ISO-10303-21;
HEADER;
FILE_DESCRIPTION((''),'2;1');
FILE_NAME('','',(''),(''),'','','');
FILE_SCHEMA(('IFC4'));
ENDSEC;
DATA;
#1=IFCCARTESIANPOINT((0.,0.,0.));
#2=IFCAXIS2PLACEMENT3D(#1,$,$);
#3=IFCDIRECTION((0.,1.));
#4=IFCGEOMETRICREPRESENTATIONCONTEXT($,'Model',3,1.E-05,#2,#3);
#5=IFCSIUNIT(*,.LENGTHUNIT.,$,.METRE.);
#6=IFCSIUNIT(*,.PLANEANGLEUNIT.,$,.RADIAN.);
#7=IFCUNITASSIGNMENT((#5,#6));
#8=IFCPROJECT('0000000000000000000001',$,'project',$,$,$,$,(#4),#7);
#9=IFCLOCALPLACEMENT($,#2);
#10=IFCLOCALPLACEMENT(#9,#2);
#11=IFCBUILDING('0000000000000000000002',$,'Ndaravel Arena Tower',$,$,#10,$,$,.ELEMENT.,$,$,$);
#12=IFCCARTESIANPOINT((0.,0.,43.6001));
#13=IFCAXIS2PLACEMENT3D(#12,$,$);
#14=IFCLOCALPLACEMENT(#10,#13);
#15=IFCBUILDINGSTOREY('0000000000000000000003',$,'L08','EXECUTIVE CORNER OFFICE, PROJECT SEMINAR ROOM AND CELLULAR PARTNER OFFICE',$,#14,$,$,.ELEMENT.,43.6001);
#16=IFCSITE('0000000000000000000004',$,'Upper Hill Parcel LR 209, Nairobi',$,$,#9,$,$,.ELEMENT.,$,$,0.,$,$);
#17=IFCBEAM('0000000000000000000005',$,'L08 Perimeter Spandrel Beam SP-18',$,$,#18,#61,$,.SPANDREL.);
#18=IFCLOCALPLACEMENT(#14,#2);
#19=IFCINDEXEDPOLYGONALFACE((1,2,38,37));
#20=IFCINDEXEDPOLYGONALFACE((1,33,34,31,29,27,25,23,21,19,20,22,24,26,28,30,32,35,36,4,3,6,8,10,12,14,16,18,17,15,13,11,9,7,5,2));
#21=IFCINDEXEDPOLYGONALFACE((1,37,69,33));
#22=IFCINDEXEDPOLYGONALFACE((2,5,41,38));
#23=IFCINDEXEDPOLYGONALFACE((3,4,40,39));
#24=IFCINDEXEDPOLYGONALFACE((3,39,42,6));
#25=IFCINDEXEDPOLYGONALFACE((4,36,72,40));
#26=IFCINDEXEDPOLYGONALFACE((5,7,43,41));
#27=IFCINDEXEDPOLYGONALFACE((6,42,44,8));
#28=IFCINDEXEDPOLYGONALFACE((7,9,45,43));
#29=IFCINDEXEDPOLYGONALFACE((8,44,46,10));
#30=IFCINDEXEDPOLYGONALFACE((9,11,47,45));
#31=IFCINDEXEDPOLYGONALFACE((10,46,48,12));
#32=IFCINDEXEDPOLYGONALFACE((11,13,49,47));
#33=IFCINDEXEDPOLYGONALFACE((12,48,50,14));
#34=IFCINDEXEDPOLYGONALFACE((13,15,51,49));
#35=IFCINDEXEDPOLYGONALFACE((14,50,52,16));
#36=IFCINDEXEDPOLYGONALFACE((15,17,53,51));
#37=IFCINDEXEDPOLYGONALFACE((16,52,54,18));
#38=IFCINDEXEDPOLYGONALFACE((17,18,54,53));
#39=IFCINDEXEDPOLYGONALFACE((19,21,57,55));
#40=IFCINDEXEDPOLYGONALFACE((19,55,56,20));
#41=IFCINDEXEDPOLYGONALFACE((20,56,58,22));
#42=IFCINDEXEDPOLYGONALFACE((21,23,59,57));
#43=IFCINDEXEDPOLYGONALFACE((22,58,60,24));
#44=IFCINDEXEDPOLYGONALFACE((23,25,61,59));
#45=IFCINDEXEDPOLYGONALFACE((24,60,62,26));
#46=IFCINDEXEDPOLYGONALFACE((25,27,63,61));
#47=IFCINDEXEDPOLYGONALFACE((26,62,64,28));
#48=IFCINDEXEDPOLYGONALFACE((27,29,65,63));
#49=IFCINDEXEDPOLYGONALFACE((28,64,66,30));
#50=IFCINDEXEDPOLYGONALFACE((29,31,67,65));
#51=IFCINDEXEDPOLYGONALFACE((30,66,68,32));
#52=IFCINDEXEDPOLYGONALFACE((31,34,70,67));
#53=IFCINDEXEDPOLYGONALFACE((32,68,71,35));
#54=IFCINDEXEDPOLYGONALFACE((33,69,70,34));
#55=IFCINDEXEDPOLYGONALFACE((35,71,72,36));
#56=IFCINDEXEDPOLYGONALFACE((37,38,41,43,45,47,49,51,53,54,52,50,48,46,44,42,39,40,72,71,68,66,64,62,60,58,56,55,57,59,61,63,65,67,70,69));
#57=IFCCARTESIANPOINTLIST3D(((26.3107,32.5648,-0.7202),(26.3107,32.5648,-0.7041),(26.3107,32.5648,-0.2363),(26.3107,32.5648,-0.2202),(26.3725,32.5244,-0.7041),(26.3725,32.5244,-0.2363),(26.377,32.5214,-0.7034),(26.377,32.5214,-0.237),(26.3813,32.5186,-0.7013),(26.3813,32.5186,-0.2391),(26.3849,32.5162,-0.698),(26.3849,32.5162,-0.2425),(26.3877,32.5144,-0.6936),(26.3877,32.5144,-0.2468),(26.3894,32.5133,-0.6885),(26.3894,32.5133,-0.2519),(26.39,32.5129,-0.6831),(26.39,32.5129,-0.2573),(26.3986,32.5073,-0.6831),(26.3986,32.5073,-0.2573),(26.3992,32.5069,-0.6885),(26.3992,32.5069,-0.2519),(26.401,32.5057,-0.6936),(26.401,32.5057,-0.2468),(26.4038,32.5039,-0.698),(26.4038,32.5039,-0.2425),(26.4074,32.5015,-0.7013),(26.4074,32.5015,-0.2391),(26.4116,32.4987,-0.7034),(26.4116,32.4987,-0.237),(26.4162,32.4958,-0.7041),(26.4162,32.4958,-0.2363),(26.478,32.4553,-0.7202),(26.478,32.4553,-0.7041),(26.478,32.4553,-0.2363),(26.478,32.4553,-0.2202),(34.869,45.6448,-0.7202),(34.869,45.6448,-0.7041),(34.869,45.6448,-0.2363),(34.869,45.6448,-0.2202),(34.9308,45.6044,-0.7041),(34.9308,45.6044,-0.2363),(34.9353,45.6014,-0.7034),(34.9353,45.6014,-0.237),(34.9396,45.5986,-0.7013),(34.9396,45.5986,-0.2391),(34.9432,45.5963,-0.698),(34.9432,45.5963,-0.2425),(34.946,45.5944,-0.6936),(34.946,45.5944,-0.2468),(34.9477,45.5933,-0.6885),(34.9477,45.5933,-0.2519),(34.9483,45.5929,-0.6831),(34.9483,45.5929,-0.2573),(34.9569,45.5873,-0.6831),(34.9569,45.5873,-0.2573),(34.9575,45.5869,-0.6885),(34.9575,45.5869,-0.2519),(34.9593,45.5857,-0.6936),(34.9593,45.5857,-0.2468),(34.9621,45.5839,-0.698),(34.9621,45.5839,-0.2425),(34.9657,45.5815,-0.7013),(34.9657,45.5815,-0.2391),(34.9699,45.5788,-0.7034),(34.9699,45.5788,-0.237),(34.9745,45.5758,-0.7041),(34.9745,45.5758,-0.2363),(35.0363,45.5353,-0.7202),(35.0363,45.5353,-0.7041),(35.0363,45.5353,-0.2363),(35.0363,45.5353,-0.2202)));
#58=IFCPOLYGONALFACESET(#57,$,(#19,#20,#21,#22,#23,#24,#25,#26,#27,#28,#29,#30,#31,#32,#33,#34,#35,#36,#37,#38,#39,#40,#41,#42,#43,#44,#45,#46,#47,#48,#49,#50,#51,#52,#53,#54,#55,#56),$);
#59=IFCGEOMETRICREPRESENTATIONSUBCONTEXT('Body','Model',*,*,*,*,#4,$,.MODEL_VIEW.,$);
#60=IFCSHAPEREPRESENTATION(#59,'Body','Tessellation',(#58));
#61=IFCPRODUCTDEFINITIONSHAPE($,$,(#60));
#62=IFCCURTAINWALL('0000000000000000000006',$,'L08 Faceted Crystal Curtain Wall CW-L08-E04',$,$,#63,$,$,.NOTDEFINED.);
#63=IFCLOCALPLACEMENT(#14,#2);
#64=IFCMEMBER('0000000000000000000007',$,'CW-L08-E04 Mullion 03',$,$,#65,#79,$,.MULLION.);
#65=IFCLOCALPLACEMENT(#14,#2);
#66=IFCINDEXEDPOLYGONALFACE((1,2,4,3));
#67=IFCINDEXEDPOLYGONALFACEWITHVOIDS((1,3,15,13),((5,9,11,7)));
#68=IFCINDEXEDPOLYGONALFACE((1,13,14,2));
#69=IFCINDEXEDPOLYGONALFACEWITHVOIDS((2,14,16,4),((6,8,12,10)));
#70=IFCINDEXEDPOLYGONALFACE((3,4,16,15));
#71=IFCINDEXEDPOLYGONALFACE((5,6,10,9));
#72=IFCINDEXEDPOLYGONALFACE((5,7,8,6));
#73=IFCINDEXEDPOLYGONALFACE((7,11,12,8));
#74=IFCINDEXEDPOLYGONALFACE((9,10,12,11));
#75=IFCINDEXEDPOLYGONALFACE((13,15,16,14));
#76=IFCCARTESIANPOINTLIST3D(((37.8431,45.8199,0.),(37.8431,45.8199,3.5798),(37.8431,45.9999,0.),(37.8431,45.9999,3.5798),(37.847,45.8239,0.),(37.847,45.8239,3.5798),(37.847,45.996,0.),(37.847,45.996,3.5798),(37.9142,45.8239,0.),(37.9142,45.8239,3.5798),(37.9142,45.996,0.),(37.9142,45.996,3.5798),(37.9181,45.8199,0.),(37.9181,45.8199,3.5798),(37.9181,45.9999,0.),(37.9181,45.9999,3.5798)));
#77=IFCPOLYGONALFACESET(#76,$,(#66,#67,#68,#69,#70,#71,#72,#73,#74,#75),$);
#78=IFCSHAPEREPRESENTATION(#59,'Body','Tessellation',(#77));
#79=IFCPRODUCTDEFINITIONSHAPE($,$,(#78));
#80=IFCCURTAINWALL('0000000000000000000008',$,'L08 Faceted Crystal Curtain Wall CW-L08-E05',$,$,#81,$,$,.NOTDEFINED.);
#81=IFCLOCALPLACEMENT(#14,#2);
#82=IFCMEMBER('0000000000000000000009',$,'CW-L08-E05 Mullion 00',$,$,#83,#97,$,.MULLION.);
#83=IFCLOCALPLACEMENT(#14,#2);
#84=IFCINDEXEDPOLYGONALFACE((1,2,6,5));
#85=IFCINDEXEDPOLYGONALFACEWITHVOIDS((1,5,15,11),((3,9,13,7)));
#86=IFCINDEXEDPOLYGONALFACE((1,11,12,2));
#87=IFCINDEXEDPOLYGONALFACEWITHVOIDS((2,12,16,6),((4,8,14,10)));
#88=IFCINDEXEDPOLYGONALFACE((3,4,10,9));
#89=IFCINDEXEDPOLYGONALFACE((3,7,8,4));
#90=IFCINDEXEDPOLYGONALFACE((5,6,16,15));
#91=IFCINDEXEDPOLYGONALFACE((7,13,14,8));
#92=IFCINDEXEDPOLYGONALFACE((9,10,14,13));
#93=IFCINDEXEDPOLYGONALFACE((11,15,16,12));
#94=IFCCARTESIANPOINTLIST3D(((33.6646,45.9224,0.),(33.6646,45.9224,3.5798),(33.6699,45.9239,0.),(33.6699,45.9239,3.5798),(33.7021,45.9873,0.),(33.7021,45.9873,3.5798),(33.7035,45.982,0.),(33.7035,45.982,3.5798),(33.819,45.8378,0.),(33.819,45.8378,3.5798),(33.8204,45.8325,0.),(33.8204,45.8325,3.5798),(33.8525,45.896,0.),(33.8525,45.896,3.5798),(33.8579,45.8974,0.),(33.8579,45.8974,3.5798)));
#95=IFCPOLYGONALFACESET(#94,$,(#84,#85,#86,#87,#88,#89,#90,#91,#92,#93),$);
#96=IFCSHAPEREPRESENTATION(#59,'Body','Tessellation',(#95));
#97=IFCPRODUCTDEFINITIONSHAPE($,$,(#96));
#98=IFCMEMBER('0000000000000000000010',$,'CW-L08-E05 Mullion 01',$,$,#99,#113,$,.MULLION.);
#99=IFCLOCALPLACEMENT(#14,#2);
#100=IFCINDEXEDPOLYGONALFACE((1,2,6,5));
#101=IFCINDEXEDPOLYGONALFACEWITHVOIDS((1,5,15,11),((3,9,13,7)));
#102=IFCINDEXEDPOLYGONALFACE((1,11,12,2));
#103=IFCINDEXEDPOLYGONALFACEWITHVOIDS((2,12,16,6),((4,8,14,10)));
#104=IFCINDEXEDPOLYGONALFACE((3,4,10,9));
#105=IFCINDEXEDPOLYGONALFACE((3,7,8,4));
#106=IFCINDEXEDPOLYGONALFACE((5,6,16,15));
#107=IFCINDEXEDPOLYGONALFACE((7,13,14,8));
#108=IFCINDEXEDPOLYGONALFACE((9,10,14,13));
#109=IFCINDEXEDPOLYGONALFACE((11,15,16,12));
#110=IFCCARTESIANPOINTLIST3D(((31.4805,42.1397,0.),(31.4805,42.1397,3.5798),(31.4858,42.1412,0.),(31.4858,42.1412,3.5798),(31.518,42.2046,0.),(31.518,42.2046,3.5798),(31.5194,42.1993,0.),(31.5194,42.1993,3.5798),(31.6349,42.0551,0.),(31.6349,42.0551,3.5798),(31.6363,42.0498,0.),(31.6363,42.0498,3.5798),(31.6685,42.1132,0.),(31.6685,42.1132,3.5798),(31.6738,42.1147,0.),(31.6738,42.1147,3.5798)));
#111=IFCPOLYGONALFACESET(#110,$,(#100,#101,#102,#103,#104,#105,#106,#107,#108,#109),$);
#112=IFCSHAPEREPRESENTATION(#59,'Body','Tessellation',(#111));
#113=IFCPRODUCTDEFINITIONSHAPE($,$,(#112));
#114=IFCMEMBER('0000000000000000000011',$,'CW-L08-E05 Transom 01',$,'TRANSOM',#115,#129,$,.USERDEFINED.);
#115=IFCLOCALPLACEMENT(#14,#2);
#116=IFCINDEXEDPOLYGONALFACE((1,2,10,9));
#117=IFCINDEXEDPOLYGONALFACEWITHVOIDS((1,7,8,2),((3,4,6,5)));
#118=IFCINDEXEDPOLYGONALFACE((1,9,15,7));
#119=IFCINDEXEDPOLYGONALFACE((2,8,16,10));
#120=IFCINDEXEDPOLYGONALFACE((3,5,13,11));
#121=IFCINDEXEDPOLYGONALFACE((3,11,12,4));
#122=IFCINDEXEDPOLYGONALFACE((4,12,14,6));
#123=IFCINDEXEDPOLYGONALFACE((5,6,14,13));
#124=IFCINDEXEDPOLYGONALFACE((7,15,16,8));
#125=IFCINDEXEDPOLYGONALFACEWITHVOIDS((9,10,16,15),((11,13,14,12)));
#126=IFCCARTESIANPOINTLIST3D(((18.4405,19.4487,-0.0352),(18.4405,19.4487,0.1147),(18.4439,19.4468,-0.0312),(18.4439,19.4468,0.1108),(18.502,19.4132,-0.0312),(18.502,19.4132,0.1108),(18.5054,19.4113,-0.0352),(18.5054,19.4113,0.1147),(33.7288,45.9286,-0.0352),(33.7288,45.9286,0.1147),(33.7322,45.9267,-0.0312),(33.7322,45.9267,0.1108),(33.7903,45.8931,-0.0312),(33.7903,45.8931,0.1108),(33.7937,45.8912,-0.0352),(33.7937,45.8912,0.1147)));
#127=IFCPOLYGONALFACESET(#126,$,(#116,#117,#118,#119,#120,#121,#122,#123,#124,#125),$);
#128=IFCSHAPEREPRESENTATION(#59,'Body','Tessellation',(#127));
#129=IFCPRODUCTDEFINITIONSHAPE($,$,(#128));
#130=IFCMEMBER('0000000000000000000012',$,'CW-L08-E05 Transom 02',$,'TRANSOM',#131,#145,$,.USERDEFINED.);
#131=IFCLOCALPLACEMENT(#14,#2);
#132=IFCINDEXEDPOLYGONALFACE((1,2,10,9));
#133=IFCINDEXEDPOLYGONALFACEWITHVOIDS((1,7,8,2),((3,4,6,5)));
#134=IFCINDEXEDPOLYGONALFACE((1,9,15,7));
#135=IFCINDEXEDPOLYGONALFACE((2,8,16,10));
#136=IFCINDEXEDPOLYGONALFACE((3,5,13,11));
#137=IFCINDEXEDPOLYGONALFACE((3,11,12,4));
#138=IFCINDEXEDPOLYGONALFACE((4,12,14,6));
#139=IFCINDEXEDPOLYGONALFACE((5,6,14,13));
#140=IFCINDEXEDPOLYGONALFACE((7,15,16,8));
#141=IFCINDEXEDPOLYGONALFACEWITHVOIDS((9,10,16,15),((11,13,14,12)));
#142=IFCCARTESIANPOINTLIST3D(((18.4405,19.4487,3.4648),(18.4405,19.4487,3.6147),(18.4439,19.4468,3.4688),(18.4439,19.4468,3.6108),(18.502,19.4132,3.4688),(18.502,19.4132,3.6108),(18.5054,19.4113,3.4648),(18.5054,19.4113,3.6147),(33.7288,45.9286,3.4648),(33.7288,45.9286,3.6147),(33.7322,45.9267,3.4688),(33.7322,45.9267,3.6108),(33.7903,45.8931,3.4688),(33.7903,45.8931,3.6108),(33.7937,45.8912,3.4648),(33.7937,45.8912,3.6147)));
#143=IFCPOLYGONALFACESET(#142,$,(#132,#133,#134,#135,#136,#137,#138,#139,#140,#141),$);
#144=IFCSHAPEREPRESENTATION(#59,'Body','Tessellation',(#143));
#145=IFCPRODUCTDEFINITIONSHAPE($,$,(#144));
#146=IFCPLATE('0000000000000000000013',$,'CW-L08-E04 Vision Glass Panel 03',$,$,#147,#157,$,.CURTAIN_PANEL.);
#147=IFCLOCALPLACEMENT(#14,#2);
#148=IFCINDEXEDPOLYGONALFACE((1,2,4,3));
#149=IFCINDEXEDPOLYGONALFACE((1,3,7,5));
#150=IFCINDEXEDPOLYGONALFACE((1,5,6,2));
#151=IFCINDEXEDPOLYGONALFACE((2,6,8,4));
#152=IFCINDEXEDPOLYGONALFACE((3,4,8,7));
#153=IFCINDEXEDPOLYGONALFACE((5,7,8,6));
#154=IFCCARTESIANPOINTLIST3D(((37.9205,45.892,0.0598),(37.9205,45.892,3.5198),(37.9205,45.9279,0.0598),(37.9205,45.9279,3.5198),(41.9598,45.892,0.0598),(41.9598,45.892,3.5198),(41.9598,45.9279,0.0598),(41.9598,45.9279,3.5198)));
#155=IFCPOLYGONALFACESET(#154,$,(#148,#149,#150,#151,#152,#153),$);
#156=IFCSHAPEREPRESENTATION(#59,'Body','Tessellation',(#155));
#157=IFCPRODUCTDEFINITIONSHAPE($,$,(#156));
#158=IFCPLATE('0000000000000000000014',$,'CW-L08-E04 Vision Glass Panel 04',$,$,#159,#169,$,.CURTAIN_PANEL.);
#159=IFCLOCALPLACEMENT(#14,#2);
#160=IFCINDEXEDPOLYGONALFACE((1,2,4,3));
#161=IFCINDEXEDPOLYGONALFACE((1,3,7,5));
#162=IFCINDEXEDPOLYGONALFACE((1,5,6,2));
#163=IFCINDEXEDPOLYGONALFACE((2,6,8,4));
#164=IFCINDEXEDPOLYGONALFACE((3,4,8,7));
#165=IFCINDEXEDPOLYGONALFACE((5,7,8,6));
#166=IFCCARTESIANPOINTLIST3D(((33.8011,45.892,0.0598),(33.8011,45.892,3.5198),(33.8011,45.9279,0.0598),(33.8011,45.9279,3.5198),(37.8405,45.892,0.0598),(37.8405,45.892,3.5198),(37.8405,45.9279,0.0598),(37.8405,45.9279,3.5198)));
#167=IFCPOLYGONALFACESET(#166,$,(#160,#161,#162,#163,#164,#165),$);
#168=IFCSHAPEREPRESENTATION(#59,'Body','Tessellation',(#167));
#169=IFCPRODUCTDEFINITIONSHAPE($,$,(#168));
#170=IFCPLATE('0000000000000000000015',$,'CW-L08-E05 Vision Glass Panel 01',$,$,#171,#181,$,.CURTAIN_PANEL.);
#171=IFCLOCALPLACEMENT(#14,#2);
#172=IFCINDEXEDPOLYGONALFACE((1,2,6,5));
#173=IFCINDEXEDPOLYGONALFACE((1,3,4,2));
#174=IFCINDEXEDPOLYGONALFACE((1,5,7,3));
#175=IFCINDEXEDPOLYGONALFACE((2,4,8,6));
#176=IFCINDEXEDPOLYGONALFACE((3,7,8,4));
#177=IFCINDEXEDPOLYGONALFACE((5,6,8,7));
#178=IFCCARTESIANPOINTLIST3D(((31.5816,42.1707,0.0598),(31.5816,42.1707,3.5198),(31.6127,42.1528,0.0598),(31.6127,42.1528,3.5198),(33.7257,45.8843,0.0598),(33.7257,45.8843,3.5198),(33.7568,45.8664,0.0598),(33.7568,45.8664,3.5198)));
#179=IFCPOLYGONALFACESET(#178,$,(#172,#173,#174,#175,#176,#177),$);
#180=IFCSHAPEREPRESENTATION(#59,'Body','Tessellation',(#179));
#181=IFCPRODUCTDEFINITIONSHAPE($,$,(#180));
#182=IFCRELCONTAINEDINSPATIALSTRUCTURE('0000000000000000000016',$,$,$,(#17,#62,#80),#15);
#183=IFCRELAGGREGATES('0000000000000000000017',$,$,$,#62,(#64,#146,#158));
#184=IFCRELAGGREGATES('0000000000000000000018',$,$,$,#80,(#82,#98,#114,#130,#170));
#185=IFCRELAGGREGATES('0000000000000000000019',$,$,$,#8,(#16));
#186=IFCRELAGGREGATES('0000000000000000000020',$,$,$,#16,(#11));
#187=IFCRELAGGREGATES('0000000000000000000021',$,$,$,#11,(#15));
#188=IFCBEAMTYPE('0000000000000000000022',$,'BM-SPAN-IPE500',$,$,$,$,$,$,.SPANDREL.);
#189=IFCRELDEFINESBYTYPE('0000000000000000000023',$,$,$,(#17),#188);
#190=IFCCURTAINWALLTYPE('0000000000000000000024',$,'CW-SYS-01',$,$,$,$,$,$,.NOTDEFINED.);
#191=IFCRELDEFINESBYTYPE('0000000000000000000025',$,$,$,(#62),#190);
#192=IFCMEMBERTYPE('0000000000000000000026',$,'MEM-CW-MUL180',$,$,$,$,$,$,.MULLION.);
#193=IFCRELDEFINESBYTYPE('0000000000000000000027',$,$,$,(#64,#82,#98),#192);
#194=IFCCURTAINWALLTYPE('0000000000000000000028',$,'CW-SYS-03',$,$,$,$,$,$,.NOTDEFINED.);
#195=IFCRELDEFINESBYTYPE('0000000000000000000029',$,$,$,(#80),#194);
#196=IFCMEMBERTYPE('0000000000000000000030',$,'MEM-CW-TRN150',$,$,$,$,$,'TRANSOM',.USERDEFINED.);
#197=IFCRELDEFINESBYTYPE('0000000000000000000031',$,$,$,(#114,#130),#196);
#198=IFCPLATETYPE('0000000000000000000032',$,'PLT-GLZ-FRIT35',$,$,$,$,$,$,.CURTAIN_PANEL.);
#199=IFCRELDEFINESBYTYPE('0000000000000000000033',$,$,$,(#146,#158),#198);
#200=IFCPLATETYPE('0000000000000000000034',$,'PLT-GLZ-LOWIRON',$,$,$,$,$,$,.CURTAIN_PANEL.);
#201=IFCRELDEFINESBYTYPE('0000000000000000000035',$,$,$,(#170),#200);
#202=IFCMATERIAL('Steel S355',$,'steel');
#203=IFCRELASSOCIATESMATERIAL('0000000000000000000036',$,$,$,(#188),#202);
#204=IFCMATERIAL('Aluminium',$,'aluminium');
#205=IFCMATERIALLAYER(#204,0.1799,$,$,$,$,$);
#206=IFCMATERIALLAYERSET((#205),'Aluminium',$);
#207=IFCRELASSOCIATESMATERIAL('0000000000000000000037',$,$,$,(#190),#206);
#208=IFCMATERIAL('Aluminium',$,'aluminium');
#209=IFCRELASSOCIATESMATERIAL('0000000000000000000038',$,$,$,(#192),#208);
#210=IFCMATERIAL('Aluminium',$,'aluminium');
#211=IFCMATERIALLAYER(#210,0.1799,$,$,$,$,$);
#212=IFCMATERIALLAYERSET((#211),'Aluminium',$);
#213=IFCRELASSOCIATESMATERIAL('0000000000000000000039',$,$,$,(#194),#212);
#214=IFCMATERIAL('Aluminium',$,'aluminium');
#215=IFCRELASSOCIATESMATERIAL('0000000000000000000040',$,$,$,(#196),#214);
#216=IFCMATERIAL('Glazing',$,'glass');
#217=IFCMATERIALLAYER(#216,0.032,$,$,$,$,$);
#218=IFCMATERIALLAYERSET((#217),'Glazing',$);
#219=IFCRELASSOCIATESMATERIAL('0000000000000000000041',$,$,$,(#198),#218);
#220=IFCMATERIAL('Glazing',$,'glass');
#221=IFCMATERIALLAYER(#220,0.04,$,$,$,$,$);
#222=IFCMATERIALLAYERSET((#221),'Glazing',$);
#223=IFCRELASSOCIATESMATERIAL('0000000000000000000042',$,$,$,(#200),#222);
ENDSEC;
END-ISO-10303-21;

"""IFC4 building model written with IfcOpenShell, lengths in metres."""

from ifc_helpers import new_model, si_unit, direction, frame, origin, origin_2d, place, context, subcontext, project, spatial, rectangle, hollow_rectangle, i_section, extrude, material, layer, layer_set, material_profile, profile_set, type_object, element, aggregate, save


model = new_model("IFC4")

# Units and contexts
model_context = context("Model", 3, precision=1e-05, world=origin(), true_north=direction((0.0, 1.0)))
body_context = subcontext(model_context, "Body", "Model", "MODEL_VIEW")
ifc_project = project(units=[si_unit("LENGTHUNIT", "METRE"), si_unit("PLANEANGLEUNIT", "RADIAN")], contexts=[model_context])

# Site, building, storey
site_placement = place(None, origin())
site = spatial("IfcSite", under=ifc_project, at=site_placement, Name="Upper Hill Parcel LR 209, Nairobi", CompositionType="ELEMENT", RefElevation=0.0)
building_placement = place(site_placement, origin())
building = spatial("IfcBuilding", under=site, at=building_placement, Name="Ndaravel Arena Tower", CompositionType="ELEMENT")
storey_placement = place(building_placement, frame((0.0, 0.0, 43.6001)))
storey = spatial("IfcBuildingStorey", under=building, at=storey_placement, Name="L08", Description="EXECUTIVE CORNER OFFICE, PROJECT SEMINAR ROOM AND CELLULAR PARTNER OFFICE", CompositionType="ELEMENT", Elevation=43.6001)

# Beam
ifc_material_1 = material(Name="Steel S355", Category="steel")
ifc_material_profile_1 = material_profile(ifc_material_1, i_section(OverallWidth=0.2, OverallDepth=0.5, WebThickness=0.0103, FlangeThickness=0.0161, FilletRadius=0.021, at=origin_2d()), Name="IPE 500")
ifc_profile_set_1 = profile_set([ifc_material_profile_1], Name="Steel S355")
beam_type_1 = type_object("IfcBeamType", Name="BM-SPAN-IPE500", PredefinedType="SPANDREL", material=ifc_profile_set_1)
beam_1_placement = place(storey_placement, frame((34.9526, 45.5901, -0.4702), z_axis=(-0.547518, -0.836794, 0.0), x_axis=(0.836794, -0.547518, 0.0)))
element("IfcBeam", 1, at=beam_1_placement, inside=storey, type_object=beam_type_1, Name="L08 Perimeter Spandrel Beam SP-18", PredefinedType="SPANDREL", context=body_context, shape_type="SweptSolid", body=[
    extrude(i_section(OverallWidth=0.2, OverallDepth=0.5, WebThickness=0.0103, FlangeThickness=0.0161, FilletRadius=0.021, at=origin_2d()), origin(), (0.0, 0.0, 1.0), 15.6311),
])

# Curtain wall, member
ifc_material_2 = material(Name="Aluminium", Category="aluminium")
ifc_layer_1 = layer(ifc_material_2, 0.1799)
ifc_layer_set_1 = layer_set([ifc_layer_1], Name="Aluminium")
curtain_wall_type_1 = type_object("IfcCurtainWallType", Name="CW-SYS-01", PredefinedType="NOTDEFINED", material=ifc_layer_set_1)
curtain_wall_1_placement = place(storey_placement, origin())
curtain_wall_1 = element("IfcCurtainWall", 2, at=curtain_wall_1_placement, inside=storey, type_object=curtain_wall_type_1, Name="L08 Faceted Crystal Curtain Wall CW-L08-E04", PredefinedType="NOTDEFINED")
ifc_material_3 = material(Name="Aluminium", Category="aluminium")
ifc_material_profile_2 = material_profile(ifc_material_3, hollow_rectangle(XDim=0.075, YDim=0.1799, WallThickness=0.0039, at=origin_2d()), Name="CW MULLION 75x180x4")
ifc_profile_set_2 = profile_set([ifc_material_profile_2], Name="Aluminium")
member_type_1 = type_object("IfcMemberType", Name="MEM-CW-MUL180", PredefinedType="MULLION", material=ifc_profile_set_2)
member_1_placement = place(storey_placement, frame((37.8806, 45.9099, 0.0), z_axis=(0.0, 0.0, 1.0), x_axis=(-1.0, 0.0, 0.0)))
member_1 = element("IfcMember", 3, at=member_1_placement, type_object=member_type_1, Name="CW-L08-E04 Mullion 03", PredefinedType="MULLION", context=body_context, shape_type="SweptSolid", body=[
    extrude(hollow_rectangle(XDim=0.075, YDim=0.1799, WallThickness=0.0039, at=origin_2d()), origin(), (0.0, 0.0, 1.0), 3.5798),
])

# Curtain wall, members
ifc_material_4 = material(Name="Aluminium", Category="aluminium")
ifc_layer_2 = layer(ifc_material_4, 0.1799)
ifc_layer_set_2 = layer_set([ifc_layer_2], Name="Aluminium")
curtain_wall_type_2 = type_object("IfcCurtainWallType", Name="CW-SYS-03", PredefinedType="NOTDEFINED", material=ifc_layer_set_2)
curtain_wall_2_placement = place(storey_placement, origin())
curtain_wall_2 = element("IfcCurtainWall", 4, at=curtain_wall_2_placement, inside=storey, type_object=curtain_wall_type_2, Name="L08 Faceted Crystal Curtain Wall CW-L08-E05", PredefinedType="NOTDEFINED")
member_2_placement = place(storey_placement, frame((33.7612, 45.9099, 0.0), z_axis=(0.0, 0.0, 1.0), x_axis=(-0.5, -0.866025, 0.0)))
member_2 = element("IfcMember", 5, at=member_2_placement, type_object=member_type_1, Name="CW-L08-E05 Mullion 00", PredefinedType="MULLION", context=body_context, shape_type="SweptSolid", body=[
    extrude(hollow_rectangle(XDim=0.075, YDim=0.1799, WallThickness=0.0039, at=origin_2d()), origin(), (0.0, 0.0, 1.0), 3.5798),
])
member_3_placement = place(storey_placement, frame((31.5771, 42.1272, 0.0), z_axis=(0.0, 0.0, 1.0), x_axis=(-0.5, -0.866025, 0.0)))
member_3 = element("IfcMember", 6, at=member_3_placement, type_object=member_type_1, Name="CW-L08-E05 Mullion 01", PredefinedType="MULLION", context=body_context, shape_type="SweptSolid", body=[
    extrude(hollow_rectangle(XDim=0.075, YDim=0.1799, WallThickness=0.0039, at=origin_2d()), origin(), (0.0, 0.0, 1.0), 3.5798),
])
ifc_material_5 = material(Name="Aluminium", Category="aluminium")
ifc_material_profile_3 = material_profile(ifc_material_5, hollow_rectangle(XDim=0.075, YDim=0.1499, WallThickness=0.0039, at=origin_2d()), Name="CW TRANSOM 75x150x4")
ifc_profile_set_3 = profile_set([ifc_material_profile_3], Name="Aluminium")
member_type_2 = type_object("IfcMemberType", Name="MEM-CW-TRN150", ElementType="TRANSOM", PredefinedType="USERDEFINED", material=ifc_profile_set_3)
member_4_placement = place(storey_placement, frame((33.7612, 45.9099, 0.0398), z_axis=(-0.500003, -0.866024, 0.0), x_axis=(0.866024, -0.500003, 0.0)))
member_4 = element("IfcMember", 7, at=member_4_placement, type_object=member_type_2, Name="CW-L08-E05 Transom 01", ObjectType="TRANSOM", PredefinedType="USERDEFINED", context=body_context, shape_type="SweptSolid", body=[
    extrude(hollow_rectangle(XDim=0.075, YDim=0.1499, WallThickness=0.0039, at=origin_2d()), origin(), (0.0, 0.0, 1.0), 30.5764),
])
member_5_placement = place(storey_placement, frame((33.7612, 45.9099, 3.5398), z_axis=(-0.500003, -0.866024, 0.0), x_axis=(0.866024, -0.500003, 0.0)))
member_5 = element("IfcMember", 8, at=member_5_placement, type_object=member_type_2, Name="CW-L08-E05 Transom 02", ObjectType="TRANSOM", PredefinedType="USERDEFINED", context=body_context, shape_type="SweptSolid", body=[
    extrude(hollow_rectangle(XDim=0.075, YDim=0.1499, WallThickness=0.0039, at=origin_2d()), origin(), (0.0, 0.0, 1.0), 30.5764),
])

# Plates
ifc_material_6 = material(Name="Glazing", Category="glass")
ifc_layer_3 = layer(ifc_material_6, 0.032)
ifc_layer_set_3 = layer_set([ifc_layer_3], Name="Glazing")
plate_type_1 = type_object("IfcPlateType", Name="PLT-GLZ-FRIT35", PredefinedType="CURTAIN_PANEL", material=ifc_layer_set_3)
plate_1_placement = place(storey_placement, frame((39.9402, 45.9099, 0.0598), z_axis=(0.0, 0.0, 1.0), x_axis=(-1.0, 0.0, 0.0)))
plate_1 = element("IfcPlate", 9, at=plate_1_placement, type_object=plate_type_1, Name="CW-L08-E04 Vision Glass Panel 03", PredefinedType="CURTAIN_PANEL", context=body_context, shape_type="SweptSolid", body=[
    extrude(rectangle(XDim=4.0393, YDim=0.0359, at=origin_2d()), origin(), (0.0, 0.0, 1.0), 3.46),
])
plate_2_placement = place(storey_placement, frame((35.8208, 45.9099, 0.0598), z_axis=(0.0, 0.0, 1.0), x_axis=(-1.0, 0.0, 0.0)))
plate_2 = element("IfcPlate", 10, at=plate_2_placement, type_object=plate_type_1, Name="CW-L08-E04 Vision Glass Panel 04", PredefinedType="CURTAIN_PANEL", context=body_context, shape_type="SweptSolid", body=[
    extrude(rectangle(XDim=4.0393, YDim=0.0359, at=origin_2d()), origin(), (0.0, 0.0, 1.0), 3.46),
])
aggregate(curtain_wall_1, [member_1, plate_1, plate_2])
ifc_material_7 = material(Name="Glazing", Category="glass")
ifc_layer_4 = layer(ifc_material_7, 0.04)
ifc_layer_set_4 = layer_set([ifc_layer_4], Name="Glazing")
plate_type_2 = type_object("IfcPlateType", Name="PLT-GLZ-LOWIRON", PredefinedType="CURTAIN_PANEL", material=ifc_layer_set_4)
plate_3_placement = place(storey_placement, frame((32.6692, 44.0186, 0.0598), z_axis=(0.0, 0.0, 1.0), x_axis=(-0.5, -0.866025, 0.0)))
plate_3 = element("IfcPlate", 11, at=plate_3_placement, type_object=plate_type_2, Name="CW-L08-E05 Vision Glass Panel 01", PredefinedType="CURTAIN_PANEL", context=body_context, shape_type="SweptSolid", body=[
    extrude(rectangle(XDim=4.2881, YDim=0.0359, at=origin_2d()), origin(), (0.0, 0.0, 1.0), 3.46),
])
aggregate(curtain_wall_2, [member_2, member_3, member_4, member_5, plate_3])

save(model, "model.ifc")
